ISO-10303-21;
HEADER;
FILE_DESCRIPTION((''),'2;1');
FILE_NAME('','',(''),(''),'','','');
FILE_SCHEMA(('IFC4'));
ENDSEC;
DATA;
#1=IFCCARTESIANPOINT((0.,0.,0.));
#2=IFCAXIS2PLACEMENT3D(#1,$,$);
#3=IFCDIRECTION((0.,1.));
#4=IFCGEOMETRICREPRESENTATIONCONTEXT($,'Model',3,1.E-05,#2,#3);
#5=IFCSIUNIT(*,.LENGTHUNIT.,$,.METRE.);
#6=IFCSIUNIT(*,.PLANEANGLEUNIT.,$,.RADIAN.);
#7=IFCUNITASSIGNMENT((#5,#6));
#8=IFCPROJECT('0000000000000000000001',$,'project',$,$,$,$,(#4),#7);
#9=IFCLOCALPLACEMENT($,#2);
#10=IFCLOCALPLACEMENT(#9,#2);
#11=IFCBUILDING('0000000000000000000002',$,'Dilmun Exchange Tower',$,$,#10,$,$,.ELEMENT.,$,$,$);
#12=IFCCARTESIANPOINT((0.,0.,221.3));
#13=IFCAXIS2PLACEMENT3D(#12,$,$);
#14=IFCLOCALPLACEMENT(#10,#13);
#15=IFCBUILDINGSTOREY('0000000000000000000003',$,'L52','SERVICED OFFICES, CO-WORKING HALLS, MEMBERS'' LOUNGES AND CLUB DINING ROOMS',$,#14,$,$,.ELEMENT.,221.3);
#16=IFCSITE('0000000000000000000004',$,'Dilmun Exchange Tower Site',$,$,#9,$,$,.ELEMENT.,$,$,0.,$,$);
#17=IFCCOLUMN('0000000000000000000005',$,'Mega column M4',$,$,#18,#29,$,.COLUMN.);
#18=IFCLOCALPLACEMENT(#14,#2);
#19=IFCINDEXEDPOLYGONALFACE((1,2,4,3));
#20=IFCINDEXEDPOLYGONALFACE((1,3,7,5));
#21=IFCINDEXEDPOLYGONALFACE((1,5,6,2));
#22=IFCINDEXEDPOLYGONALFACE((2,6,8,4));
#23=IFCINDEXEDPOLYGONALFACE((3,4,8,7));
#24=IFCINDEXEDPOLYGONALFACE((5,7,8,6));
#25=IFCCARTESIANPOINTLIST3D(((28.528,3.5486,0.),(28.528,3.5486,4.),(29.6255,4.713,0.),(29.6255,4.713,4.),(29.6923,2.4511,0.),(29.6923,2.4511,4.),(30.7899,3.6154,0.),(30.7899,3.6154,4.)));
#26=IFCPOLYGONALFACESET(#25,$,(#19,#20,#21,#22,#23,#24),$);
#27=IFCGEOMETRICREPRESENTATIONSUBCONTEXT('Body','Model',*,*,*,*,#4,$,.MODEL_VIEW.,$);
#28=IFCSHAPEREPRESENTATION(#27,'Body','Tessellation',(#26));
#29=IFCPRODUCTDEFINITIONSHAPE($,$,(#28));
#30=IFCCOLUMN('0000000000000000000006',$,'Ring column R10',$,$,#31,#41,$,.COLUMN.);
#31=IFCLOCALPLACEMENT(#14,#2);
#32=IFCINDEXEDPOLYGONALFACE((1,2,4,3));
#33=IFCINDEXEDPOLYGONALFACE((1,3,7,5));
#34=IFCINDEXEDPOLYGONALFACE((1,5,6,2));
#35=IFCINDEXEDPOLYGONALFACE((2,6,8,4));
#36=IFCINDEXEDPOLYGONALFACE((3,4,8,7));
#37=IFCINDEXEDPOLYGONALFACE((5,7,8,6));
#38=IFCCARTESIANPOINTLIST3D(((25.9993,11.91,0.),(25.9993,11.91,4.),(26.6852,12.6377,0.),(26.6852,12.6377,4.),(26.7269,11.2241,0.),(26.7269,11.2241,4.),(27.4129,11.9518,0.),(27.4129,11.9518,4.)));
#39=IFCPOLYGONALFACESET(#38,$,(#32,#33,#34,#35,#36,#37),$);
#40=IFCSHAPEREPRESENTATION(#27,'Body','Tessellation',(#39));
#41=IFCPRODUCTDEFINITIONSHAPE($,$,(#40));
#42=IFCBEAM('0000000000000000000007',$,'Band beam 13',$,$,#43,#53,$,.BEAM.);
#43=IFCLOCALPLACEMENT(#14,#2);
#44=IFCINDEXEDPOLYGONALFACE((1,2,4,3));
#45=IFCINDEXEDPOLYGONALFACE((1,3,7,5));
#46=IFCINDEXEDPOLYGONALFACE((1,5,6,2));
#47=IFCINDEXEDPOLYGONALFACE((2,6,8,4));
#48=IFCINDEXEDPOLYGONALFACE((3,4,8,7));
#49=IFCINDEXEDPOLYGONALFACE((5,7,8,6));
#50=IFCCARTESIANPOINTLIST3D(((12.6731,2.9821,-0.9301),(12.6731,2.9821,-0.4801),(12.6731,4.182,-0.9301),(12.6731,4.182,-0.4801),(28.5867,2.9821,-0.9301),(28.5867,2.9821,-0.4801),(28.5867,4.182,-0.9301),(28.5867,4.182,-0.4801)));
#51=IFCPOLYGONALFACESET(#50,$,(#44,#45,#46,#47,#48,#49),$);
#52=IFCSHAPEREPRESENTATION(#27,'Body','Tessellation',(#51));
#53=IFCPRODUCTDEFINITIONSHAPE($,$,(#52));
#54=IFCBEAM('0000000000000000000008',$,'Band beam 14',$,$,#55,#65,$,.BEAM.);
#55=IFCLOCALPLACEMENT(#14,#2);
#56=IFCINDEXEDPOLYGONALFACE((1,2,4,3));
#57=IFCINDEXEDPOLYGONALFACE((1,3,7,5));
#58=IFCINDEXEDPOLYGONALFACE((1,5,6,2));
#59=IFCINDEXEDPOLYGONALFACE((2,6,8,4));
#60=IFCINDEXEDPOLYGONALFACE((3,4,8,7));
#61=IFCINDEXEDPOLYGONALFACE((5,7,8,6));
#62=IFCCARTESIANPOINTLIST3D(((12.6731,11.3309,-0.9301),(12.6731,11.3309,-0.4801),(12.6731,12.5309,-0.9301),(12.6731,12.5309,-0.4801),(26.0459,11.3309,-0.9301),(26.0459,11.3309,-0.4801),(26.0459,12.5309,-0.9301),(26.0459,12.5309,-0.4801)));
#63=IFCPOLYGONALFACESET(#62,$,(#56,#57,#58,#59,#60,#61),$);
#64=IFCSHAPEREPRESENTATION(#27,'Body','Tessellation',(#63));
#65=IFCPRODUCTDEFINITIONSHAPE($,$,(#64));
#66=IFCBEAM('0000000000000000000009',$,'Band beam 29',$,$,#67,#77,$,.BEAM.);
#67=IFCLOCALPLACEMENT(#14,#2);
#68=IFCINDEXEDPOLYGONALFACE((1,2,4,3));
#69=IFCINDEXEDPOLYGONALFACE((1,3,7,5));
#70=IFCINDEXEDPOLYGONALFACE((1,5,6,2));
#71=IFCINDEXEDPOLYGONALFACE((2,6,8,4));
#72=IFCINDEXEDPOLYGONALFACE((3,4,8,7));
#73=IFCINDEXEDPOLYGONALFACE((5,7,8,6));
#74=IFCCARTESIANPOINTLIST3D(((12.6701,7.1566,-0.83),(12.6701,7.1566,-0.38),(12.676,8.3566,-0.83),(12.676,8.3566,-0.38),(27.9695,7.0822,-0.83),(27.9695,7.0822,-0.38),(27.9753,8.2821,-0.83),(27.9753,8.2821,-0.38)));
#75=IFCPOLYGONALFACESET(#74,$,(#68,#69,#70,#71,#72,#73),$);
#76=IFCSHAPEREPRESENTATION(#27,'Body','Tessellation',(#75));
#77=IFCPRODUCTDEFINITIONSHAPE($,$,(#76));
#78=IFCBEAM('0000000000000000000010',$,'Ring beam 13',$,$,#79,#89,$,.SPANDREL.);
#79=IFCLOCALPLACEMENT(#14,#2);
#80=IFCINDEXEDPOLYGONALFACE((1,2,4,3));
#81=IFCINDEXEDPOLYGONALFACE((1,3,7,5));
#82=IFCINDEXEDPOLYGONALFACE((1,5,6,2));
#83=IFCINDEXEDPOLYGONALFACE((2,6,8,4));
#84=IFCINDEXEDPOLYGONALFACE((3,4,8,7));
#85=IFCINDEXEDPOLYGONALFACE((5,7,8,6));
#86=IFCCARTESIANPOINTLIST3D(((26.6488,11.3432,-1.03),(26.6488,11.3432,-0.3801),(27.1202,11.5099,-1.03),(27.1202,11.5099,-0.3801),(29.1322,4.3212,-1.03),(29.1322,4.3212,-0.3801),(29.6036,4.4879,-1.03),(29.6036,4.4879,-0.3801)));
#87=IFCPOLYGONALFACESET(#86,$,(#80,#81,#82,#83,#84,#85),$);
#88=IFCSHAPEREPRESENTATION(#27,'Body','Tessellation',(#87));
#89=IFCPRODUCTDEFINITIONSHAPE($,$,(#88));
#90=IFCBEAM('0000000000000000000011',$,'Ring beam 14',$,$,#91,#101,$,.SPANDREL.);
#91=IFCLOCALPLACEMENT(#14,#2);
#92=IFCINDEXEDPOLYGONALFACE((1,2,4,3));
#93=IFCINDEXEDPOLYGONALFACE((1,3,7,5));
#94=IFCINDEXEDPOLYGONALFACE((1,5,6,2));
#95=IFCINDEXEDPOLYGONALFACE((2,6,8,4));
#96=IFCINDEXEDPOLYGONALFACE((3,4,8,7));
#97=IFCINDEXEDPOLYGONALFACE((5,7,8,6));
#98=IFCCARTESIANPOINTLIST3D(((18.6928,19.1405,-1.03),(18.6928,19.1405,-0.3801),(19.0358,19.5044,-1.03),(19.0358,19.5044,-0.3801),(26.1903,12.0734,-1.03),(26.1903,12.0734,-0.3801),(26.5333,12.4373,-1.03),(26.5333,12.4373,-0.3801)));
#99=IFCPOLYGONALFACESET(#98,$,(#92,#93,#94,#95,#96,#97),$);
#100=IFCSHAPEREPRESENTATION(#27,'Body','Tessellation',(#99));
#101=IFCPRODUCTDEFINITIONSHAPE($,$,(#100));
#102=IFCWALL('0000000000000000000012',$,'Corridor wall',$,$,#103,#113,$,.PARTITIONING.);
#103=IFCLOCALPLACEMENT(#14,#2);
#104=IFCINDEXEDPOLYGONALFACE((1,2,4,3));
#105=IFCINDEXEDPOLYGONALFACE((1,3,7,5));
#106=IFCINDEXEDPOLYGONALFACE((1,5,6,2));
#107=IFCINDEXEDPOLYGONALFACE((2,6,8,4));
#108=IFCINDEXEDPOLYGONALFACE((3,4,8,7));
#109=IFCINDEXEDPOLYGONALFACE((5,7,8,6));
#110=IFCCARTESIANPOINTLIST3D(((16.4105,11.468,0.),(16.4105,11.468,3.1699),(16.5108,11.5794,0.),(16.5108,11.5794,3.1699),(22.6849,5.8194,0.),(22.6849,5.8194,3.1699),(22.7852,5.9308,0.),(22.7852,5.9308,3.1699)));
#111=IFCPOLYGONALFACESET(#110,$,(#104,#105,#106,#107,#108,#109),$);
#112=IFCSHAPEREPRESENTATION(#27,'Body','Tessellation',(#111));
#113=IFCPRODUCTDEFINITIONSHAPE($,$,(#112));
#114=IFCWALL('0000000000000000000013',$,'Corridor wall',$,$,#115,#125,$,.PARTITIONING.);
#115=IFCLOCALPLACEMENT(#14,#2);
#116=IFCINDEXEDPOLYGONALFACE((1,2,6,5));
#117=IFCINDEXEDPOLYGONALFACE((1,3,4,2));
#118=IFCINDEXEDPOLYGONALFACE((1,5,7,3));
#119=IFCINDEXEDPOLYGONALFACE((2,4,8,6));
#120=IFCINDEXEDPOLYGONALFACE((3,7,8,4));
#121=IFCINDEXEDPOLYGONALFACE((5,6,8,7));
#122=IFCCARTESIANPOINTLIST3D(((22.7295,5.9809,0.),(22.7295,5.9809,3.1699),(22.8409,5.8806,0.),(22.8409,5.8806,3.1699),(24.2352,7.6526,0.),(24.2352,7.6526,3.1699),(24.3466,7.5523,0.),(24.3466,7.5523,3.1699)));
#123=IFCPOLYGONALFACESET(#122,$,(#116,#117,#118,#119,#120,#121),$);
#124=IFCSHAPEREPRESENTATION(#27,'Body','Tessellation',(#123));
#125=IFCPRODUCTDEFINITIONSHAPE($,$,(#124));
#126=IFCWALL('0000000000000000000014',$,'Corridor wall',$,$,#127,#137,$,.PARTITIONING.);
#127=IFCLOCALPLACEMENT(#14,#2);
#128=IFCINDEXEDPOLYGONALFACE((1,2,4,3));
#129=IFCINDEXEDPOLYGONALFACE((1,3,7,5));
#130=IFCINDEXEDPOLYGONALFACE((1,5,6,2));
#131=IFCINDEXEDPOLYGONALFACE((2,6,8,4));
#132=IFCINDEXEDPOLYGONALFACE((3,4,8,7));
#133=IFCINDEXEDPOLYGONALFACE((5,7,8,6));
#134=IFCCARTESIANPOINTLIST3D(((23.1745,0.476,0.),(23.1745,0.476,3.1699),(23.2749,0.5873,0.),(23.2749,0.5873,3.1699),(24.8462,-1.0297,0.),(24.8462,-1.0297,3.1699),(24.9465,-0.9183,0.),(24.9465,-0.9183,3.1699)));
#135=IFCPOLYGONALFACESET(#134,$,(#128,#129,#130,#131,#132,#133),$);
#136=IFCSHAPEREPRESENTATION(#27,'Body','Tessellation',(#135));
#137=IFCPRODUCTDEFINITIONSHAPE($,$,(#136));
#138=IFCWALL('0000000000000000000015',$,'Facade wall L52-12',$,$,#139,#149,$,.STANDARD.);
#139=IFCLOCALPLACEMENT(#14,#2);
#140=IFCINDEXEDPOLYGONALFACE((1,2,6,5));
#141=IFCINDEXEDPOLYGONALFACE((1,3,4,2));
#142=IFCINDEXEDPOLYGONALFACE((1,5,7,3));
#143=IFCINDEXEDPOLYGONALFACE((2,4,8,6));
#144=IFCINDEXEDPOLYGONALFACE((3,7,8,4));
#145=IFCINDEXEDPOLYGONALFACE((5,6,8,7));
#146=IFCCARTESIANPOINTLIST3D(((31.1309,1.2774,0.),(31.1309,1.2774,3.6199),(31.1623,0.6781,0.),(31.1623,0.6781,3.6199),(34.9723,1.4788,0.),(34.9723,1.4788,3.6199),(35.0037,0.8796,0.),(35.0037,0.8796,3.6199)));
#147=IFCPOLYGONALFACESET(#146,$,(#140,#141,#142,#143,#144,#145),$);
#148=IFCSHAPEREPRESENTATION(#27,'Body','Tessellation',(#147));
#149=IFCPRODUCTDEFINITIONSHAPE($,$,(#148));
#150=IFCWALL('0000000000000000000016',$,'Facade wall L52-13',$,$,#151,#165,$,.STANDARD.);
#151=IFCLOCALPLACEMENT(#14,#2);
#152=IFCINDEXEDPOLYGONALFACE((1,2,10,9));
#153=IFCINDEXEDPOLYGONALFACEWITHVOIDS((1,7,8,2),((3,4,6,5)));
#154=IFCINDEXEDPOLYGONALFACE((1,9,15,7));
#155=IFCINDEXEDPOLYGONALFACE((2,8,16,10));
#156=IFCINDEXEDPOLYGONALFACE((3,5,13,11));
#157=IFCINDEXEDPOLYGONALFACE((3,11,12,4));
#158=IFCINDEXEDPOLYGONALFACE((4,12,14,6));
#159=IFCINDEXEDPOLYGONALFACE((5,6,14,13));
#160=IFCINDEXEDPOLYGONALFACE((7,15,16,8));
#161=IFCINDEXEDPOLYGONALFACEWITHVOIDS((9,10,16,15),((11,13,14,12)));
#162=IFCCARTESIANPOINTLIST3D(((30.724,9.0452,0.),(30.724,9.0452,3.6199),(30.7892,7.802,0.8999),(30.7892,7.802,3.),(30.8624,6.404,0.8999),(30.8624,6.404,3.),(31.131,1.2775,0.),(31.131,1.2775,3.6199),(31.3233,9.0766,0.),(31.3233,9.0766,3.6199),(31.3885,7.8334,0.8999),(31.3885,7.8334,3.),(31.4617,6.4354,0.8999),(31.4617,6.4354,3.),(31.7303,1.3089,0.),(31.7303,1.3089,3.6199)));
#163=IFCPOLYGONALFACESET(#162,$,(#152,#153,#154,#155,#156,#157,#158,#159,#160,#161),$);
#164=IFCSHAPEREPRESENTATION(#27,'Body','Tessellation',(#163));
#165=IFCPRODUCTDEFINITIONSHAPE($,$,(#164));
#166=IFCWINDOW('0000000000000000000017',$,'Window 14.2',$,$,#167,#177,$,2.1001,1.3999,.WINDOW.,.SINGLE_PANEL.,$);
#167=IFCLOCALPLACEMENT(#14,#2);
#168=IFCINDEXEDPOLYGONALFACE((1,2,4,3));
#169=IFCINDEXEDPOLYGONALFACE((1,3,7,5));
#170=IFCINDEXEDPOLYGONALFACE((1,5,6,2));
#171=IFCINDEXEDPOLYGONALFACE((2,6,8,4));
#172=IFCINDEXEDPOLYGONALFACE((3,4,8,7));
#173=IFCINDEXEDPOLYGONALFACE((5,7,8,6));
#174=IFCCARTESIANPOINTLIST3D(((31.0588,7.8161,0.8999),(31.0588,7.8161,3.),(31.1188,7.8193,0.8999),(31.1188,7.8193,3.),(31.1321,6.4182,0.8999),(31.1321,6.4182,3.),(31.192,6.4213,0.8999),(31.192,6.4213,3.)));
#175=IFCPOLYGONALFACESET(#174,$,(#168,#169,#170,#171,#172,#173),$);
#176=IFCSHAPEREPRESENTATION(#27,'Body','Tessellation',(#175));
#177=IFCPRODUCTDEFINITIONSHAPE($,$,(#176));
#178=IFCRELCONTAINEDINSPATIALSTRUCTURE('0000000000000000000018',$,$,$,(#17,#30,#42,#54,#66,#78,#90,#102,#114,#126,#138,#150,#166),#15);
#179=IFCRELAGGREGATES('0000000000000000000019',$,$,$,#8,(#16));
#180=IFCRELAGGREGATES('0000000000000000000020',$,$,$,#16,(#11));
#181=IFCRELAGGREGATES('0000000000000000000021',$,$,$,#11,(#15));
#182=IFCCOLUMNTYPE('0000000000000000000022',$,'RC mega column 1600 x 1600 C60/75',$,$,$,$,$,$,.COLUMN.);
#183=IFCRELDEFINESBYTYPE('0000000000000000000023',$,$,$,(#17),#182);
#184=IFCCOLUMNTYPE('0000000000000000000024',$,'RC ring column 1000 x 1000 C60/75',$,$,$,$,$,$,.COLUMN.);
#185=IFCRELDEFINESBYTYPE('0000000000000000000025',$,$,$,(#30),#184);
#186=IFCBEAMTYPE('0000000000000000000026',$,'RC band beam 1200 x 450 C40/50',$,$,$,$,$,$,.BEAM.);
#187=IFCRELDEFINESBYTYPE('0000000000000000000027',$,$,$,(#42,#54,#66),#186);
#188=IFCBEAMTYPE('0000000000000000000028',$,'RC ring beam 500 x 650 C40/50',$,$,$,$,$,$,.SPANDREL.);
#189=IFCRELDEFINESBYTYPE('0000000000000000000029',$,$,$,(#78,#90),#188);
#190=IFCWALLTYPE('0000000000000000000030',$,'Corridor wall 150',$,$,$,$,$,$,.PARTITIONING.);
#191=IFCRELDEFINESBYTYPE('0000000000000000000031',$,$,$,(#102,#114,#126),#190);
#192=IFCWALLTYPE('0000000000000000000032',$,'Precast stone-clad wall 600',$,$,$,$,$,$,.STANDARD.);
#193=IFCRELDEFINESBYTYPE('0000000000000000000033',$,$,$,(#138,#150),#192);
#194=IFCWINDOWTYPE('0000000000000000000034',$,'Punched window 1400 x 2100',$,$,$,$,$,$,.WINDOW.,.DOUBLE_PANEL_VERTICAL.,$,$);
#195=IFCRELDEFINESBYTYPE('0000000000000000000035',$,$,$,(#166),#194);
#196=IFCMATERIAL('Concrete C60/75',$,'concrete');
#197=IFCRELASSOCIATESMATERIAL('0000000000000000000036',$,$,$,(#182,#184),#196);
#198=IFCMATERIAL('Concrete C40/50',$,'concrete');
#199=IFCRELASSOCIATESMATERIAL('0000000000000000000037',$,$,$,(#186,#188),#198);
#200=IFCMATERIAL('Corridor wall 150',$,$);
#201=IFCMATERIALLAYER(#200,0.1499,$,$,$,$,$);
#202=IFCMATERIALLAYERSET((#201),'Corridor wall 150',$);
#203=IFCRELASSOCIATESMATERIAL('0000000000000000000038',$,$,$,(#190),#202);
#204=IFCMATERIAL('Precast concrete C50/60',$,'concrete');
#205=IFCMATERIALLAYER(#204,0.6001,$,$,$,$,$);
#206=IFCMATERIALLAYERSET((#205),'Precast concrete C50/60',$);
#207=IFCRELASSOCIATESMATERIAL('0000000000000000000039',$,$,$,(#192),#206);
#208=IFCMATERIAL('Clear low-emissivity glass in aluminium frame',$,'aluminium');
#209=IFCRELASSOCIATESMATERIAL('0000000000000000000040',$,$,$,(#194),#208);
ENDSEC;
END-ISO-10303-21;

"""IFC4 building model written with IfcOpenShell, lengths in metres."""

from ifc_helpers import new_model, si_unit, direction, frame, frame_2d, origin, origin_2d, place, context, subcontext, project, spatial, rectangle, extrude, material, layer, layer_set, material_profile, profile_set, type_object, element, fill, save


model = new_model("IFC4")

# Units and contexts
model_context = context("Model", 3, precision=1e-05, world=origin(), true_north=direction((0.0, 1.0)))
body_context = subcontext(model_context, "Body", "Model", "MODEL_VIEW")
ifc_project = project(units=[si_unit("LENGTHUNIT", "METRE"), si_unit("PLANEANGLEUNIT", "RADIAN")], contexts=[model_context])

# Site, building, storey
site_placement = place(None, origin())
site = spatial("IfcSite", under=ifc_project, at=site_placement, Name="Dilmun Exchange Tower Site", CompositionType="ELEMENT", RefElevation=0.0)
building_placement = place(site_placement, origin())
building = spatial("IfcBuilding", under=site, at=building_placement, Name="Dilmun Exchange Tower", CompositionType="ELEMENT")
storey_placement = place(building_placement, frame((0.0, 0.0, 221.3)))
storey = spatial("IfcBuildingStorey", under=building, at=storey_placement, Name="L52", Description="SERVICED OFFICES, CO-WORKING HALLS, MEMBERS' LOUNGES AND CLUB DINING ROOMS", CompositionType="ELEMENT", Elevation=221.3)

# Columns
ifc_material_1 = material(Name="Concrete C60/75", Category="concrete")
ifc_material_profile_1 = material_profile(ifc_material_1, rectangle(XDim=1.6001, YDim=1.6001, at=origin_2d()), Name="1600 x 1600")
ifc_profile_set_1 = profile_set([ifc_material_profile_1], Name="Concrete C60/75")
column_type_1 = type_object("IfcColumnType", Name="RC mega column 1600 x 1600 C60/75", PredefinedType="COLUMN", material=ifc_profile_set_1)
column_1_placement = place(storey_placement, frame((29.6589, 3.582, 0.0), z_axis=(0.0, 0.0, 1.0), x_axis=(0.685916, 0.727681, 0.0)))
element("IfcColumn", 1, at=column_1_placement, inside=storey, type_object=column_type_1, Name="Mega column M4", PredefinedType="COLUMN", context=body_context, shape_type="SweptSolid", body=[
    extrude(rectangle(XDim=1.6001, YDim=1.6001, at=origin_2d()), origin(), (0.0, 0.0, 1.0), 4.0),
])
ifc_material_profile_2 = material_profile(ifc_material_1, rectangle(XDim=1.0, YDim=1.0, at=origin_2d()), Name="1000 x 1000")
ifc_profile_set_2 = profile_set([ifc_material_profile_2], Name="Concrete C60/75")
column_type_2 = type_object("IfcColumnType", Name="RC ring column 1000 x 1000 C60/75", PredefinedType="COLUMN", material=ifc_profile_set_2)
column_2_placement = place(storey_placement, frame((26.7061, 11.9309, 0.0), z_axis=(0.0, 0.0, 1.0), x_axis=(0.685916, 0.727681, 0.0)))
element("IfcColumn", 2, at=column_2_placement, inside=storey, type_object=column_type_2, Name="Ring column R10", PredefinedType="COLUMN", context=body_context, shape_type="SweptSolid", body=[
    extrude(rectangle(XDim=1.0, YDim=1.0, at=origin_2d()), origin(), (0.0, 0.0, 1.0), 4.0),
])

# Beams
ifc_material_2 = material(Name="Concrete C40/50", Category="concrete")
ifc_material_profile_3 = material_profile(ifc_material_2, rectangle(XDim=1.2, YDim=0.45, at=origin_2d()), Name="1200 x 450")
ifc_profile_set_3 = profile_set([ifc_material_profile_3], Name="Concrete C40/50")
beam_type_1 = type_object("IfcBeamType", Name="RC band beam 1200 x 450 C40/50", PredefinedType="BEAM", material=ifc_profile_set_3)
beam_1_placement = place(storey_placement, frame((28.5867, 3.582, -0.7051), z_axis=(-1.0, 0.0, 0.0), x_axis=(0.0, -1.0, 0.0)))
element("IfcBeam", 3, at=beam_1_placement, inside=storey, type_object=beam_type_1, Name="Band beam 13", PredefinedType="BEAM", context=body_context, shape_type="SweptSolid", body=[
    extrude(rectangle(XDim=1.2, YDim=0.45, at=origin_2d()), origin(), (0.0, 0.0, 1.0), 15.9136),
])
beam_2_placement = place(storey_placement, frame((26.0459, 11.9309, -0.7051), z_axis=(-1.0, 0.0, 0.0), x_axis=(0.0, -1.0, 0.0)))
element("IfcBeam", 4, at=beam_2_placement, inside=storey, type_object=beam_type_1, Name="Band beam 14", PredefinedType="BEAM", context=body_context, shape_type="SweptSolid", body=[
    extrude(rectangle(XDim=1.2, YDim=0.45, at=origin_2d()), origin(), (0.0, 0.0, 1.0), 13.3728),
])
beam_3_placement = place(storey_placement, frame((27.9724, 7.6821, -0.605), z_axis=(-0.999988, 0.004867, 0.0), x_axis=(-0.004867, -0.999988, 0.0)))
element("IfcBeam", 5, at=beam_3_placement, inside=storey, type_object=beam_type_1, Name="Band beam 29", PredefinedType="BEAM", context=body_context, shape_type="SweptSolid", body=[
    extrude(rectangle(XDim=1.2, YDim=0.45, at=origin_2d()), origin(), (0.0, 0.0, 1.0), 15.2996),
])
ifc_material_profile_4 = material_profile(ifc_material_2, rectangle(XDim=0.5, YDim=0.6499, at=origin_2d()), Name="500 x 650")
ifc_profile_set_4 = profile_set([ifc_material_profile_4], Name="Concrete C40/50")
beam_type_2 = type_object("IfcBeamType", Name="RC ring beam 500 x 650 C40/50", PredefinedType="SPANDREL", material=ifc_profile_set_4)
beam_4_placement = place(storey_placement, frame((29.3679, 4.4045, -0.7051), z_axis=(-0.333424, 0.942777, 0.0), x_axis=(-0.942777, -0.333424, 0.0)))
element("IfcBeam", 6, at=beam_4_placement, inside=storey, type_object=beam_type_2, Name="Ring beam 13", PredefinedType="SPANDREL", context=body_context, shape_type="SweptSolid", body=[
    extrude(rectangle(XDim=0.5, YDim=0.6499, at=origin_2d()), origin(), (0.0, 0.0, 1.0), 7.4482),
])
beam_5_placement = place(storey_placement, frame((26.3618, 12.2554, -0.7051), z_axis=(-0.727686, 0.685911, 0.0), x_axis=(-0.685911, -0.727686, 0.0)))
element("IfcBeam", 7, at=beam_5_placement, inside=storey, type_object=beam_type_2, Name="Ring beam 14", PredefinedType="SPANDREL", context=body_context, shape_type="SweptSolid", body=[
    extrude(rectangle(XDim=0.5, YDim=0.6499, at=origin_2d()), origin(), (0.0, 0.0, 1.0), 10.3032),
])

# Walls
ifc_material_3 = material(Name="Corridor wall 150")
ifc_layer_1 = layer(ifc_material_3, 0.1499)
ifc_layer_set_1 = layer_set([ifc_layer_1], Name="Corridor wall 150")
wall_type_1 = type_object("IfcWallType", Name="Corridor wall 150", PredefinedType="PARTITIONING", material=ifc_layer_set_1)
wall_1_placement = place(storey_placement, frame((16.4607, 11.5237, 0.0), z_axis=(0.0, 0.0, 1.0), x_axis=(0.743193, -0.669077, 0.0)))
element("IfcWall", 8, at=wall_1_placement, inside=storey, type_object=wall_type_1, Name="Corridor wall", PredefinedType="PARTITIONING", context=body_context, shape_type="SweptSolid", body=[
    extrude(rectangle(XDim=8.4424, YDim=0.1499, at=frame_2d((4.2212, 0.0))), origin(), (0.0, 0.0, 1.0), 3.1699),
])
for number, where, z_axis, x_axis, name in (
    (9, (22.7852, 5.9307, 0.0), (0.0, 0.0, 1.0), (0.669246, 0.74304, 0.0), "Corridor wall"),
    (10, (23.2246, 0.5317, 0.0), (0.0, 0.0, 1.0), (0.74304, -0.669246, 0.0), "Corridor wall"),
):
    element("IfcWall", number, at=place(storey_placement, frame(where, z_axis=z_axis, x_axis=x_axis)), inside=storey, type_object=wall_type_1, Name=name, PredefinedType="PARTITIONING", context=body_context, shape_type="SweptSolid", body=[
        extrude(rectangle(XDim=2.2498, YDim=0.1499, at=frame_2d((1.125, 0.0))), origin(), (0.0, 0.0, 1.0), 3.1699),
    ])
ifc_material_4 = material(Name="Precast concrete C50/60", Category="concrete")
ifc_layer_2 = layer(ifc_material_4, 0.6001)
ifc_layer_set_2 = layer_set([ifc_layer_2], Name="Precast concrete C50/60")
wall_type_2 = type_object("IfcWallType", Name="Precast stone-clad wall 600", PredefinedType="STANDARD", material=ifc_layer_set_2)
wall_2_placement = place(storey_placement, frame((34.988, 1.1792, 0.0), z_axis=(0.0, 0.0, 1.0), x_axis=(-0.998628, -0.052362, 0.0)))
element("IfcWall", 11, at=wall_2_placement, inside=storey, type_object=wall_type_2, Name="Facade wall L52-12", PredefinedType="STANDARD", context=body_context, shape_type="SweptSolid", body=[
    extrude(rectangle(XDim=3.8467, YDim=0.6001, at=frame_2d((1.9233, 0.0))), origin(), (0.0, 0.0, 1.0), 3.6199),
])

# Wall, opening, window
wall_3_placement = place(storey_placement, frame((31.4307, 1.2932, 0.0), z_axis=(0.0, 0.0, 1.0), x_axis=(-0.052323, 0.99863, 0.0)))
wall_3 = element("IfcWall", 12, at=wall_3_placement, inside=storey, type_object=wall_type_2, Name="Facade wall L52-13", PredefinedType="STANDARD", context=body_context, shape_type="SweptSolid", body=[
    extrude(rectangle(XDim=7.7783, YDim=0.6001, at=frame_2d((3.8892, 0.0))), origin(), (0.0, 0.0, 1.0), 3.6199),
])
opening_1_placement = place(wall_3_placement, frame((5.1335, 0.0, 0.8999)))
opening_1 = element("IfcOpeningElement", 13, at=opening_1_placement, cuts=wall_3, PredefinedType="OPENING", context=body_context, shape_type="SweptSolid", body=[
    extrude(rectangle(XDim=1.3999, YDim=2.1001, at=frame_2d((0.7, 1.05))), frame((0.0, 0.3101, 0.0), z_axis=(0.0, -1.0, 0.0), x_axis=(1.0, 0.0, 0.0)), (0.0, 0.0, 1.0), 0.6201),
])
ifc_material_5 = material(Name="Clear low-emissivity glass in aluminium frame", Category="aluminium")
window_type_1 = type_object("IfcWindowType", Name="Punched window 1400 x 2100", PartitioningType="DOUBLE_PANEL_VERTICAL", PredefinedType="WINDOW", material=ifc_material_5)
window_1_placement = place(opening_1_placement, origin())
window_1 = element("IfcWindow", 14, at=window_1_placement, inside=storey, type_object=window_type_1, Name="Window 14.2", OverallHeight=2.1001, OverallWidth=1.3999, PartitioningType="SINGLE_PANEL", PredefinedType="WINDOW", context=body_context, shape_type="SweptSolid", body=[
    extrude(rectangle(XDim=1.3999, YDim=2.1001, at=frame_2d((0.7, 1.05))), frame((0.0, 0.03, 0.0), z_axis=(0.0, -1.0, 0.0), x_axis=(1.0, 0.0, 0.0)), (0.0, 0.0, 1.0), 0.0601),
])
fill(opening_1, window_1)

save(model, "model.ifc")
